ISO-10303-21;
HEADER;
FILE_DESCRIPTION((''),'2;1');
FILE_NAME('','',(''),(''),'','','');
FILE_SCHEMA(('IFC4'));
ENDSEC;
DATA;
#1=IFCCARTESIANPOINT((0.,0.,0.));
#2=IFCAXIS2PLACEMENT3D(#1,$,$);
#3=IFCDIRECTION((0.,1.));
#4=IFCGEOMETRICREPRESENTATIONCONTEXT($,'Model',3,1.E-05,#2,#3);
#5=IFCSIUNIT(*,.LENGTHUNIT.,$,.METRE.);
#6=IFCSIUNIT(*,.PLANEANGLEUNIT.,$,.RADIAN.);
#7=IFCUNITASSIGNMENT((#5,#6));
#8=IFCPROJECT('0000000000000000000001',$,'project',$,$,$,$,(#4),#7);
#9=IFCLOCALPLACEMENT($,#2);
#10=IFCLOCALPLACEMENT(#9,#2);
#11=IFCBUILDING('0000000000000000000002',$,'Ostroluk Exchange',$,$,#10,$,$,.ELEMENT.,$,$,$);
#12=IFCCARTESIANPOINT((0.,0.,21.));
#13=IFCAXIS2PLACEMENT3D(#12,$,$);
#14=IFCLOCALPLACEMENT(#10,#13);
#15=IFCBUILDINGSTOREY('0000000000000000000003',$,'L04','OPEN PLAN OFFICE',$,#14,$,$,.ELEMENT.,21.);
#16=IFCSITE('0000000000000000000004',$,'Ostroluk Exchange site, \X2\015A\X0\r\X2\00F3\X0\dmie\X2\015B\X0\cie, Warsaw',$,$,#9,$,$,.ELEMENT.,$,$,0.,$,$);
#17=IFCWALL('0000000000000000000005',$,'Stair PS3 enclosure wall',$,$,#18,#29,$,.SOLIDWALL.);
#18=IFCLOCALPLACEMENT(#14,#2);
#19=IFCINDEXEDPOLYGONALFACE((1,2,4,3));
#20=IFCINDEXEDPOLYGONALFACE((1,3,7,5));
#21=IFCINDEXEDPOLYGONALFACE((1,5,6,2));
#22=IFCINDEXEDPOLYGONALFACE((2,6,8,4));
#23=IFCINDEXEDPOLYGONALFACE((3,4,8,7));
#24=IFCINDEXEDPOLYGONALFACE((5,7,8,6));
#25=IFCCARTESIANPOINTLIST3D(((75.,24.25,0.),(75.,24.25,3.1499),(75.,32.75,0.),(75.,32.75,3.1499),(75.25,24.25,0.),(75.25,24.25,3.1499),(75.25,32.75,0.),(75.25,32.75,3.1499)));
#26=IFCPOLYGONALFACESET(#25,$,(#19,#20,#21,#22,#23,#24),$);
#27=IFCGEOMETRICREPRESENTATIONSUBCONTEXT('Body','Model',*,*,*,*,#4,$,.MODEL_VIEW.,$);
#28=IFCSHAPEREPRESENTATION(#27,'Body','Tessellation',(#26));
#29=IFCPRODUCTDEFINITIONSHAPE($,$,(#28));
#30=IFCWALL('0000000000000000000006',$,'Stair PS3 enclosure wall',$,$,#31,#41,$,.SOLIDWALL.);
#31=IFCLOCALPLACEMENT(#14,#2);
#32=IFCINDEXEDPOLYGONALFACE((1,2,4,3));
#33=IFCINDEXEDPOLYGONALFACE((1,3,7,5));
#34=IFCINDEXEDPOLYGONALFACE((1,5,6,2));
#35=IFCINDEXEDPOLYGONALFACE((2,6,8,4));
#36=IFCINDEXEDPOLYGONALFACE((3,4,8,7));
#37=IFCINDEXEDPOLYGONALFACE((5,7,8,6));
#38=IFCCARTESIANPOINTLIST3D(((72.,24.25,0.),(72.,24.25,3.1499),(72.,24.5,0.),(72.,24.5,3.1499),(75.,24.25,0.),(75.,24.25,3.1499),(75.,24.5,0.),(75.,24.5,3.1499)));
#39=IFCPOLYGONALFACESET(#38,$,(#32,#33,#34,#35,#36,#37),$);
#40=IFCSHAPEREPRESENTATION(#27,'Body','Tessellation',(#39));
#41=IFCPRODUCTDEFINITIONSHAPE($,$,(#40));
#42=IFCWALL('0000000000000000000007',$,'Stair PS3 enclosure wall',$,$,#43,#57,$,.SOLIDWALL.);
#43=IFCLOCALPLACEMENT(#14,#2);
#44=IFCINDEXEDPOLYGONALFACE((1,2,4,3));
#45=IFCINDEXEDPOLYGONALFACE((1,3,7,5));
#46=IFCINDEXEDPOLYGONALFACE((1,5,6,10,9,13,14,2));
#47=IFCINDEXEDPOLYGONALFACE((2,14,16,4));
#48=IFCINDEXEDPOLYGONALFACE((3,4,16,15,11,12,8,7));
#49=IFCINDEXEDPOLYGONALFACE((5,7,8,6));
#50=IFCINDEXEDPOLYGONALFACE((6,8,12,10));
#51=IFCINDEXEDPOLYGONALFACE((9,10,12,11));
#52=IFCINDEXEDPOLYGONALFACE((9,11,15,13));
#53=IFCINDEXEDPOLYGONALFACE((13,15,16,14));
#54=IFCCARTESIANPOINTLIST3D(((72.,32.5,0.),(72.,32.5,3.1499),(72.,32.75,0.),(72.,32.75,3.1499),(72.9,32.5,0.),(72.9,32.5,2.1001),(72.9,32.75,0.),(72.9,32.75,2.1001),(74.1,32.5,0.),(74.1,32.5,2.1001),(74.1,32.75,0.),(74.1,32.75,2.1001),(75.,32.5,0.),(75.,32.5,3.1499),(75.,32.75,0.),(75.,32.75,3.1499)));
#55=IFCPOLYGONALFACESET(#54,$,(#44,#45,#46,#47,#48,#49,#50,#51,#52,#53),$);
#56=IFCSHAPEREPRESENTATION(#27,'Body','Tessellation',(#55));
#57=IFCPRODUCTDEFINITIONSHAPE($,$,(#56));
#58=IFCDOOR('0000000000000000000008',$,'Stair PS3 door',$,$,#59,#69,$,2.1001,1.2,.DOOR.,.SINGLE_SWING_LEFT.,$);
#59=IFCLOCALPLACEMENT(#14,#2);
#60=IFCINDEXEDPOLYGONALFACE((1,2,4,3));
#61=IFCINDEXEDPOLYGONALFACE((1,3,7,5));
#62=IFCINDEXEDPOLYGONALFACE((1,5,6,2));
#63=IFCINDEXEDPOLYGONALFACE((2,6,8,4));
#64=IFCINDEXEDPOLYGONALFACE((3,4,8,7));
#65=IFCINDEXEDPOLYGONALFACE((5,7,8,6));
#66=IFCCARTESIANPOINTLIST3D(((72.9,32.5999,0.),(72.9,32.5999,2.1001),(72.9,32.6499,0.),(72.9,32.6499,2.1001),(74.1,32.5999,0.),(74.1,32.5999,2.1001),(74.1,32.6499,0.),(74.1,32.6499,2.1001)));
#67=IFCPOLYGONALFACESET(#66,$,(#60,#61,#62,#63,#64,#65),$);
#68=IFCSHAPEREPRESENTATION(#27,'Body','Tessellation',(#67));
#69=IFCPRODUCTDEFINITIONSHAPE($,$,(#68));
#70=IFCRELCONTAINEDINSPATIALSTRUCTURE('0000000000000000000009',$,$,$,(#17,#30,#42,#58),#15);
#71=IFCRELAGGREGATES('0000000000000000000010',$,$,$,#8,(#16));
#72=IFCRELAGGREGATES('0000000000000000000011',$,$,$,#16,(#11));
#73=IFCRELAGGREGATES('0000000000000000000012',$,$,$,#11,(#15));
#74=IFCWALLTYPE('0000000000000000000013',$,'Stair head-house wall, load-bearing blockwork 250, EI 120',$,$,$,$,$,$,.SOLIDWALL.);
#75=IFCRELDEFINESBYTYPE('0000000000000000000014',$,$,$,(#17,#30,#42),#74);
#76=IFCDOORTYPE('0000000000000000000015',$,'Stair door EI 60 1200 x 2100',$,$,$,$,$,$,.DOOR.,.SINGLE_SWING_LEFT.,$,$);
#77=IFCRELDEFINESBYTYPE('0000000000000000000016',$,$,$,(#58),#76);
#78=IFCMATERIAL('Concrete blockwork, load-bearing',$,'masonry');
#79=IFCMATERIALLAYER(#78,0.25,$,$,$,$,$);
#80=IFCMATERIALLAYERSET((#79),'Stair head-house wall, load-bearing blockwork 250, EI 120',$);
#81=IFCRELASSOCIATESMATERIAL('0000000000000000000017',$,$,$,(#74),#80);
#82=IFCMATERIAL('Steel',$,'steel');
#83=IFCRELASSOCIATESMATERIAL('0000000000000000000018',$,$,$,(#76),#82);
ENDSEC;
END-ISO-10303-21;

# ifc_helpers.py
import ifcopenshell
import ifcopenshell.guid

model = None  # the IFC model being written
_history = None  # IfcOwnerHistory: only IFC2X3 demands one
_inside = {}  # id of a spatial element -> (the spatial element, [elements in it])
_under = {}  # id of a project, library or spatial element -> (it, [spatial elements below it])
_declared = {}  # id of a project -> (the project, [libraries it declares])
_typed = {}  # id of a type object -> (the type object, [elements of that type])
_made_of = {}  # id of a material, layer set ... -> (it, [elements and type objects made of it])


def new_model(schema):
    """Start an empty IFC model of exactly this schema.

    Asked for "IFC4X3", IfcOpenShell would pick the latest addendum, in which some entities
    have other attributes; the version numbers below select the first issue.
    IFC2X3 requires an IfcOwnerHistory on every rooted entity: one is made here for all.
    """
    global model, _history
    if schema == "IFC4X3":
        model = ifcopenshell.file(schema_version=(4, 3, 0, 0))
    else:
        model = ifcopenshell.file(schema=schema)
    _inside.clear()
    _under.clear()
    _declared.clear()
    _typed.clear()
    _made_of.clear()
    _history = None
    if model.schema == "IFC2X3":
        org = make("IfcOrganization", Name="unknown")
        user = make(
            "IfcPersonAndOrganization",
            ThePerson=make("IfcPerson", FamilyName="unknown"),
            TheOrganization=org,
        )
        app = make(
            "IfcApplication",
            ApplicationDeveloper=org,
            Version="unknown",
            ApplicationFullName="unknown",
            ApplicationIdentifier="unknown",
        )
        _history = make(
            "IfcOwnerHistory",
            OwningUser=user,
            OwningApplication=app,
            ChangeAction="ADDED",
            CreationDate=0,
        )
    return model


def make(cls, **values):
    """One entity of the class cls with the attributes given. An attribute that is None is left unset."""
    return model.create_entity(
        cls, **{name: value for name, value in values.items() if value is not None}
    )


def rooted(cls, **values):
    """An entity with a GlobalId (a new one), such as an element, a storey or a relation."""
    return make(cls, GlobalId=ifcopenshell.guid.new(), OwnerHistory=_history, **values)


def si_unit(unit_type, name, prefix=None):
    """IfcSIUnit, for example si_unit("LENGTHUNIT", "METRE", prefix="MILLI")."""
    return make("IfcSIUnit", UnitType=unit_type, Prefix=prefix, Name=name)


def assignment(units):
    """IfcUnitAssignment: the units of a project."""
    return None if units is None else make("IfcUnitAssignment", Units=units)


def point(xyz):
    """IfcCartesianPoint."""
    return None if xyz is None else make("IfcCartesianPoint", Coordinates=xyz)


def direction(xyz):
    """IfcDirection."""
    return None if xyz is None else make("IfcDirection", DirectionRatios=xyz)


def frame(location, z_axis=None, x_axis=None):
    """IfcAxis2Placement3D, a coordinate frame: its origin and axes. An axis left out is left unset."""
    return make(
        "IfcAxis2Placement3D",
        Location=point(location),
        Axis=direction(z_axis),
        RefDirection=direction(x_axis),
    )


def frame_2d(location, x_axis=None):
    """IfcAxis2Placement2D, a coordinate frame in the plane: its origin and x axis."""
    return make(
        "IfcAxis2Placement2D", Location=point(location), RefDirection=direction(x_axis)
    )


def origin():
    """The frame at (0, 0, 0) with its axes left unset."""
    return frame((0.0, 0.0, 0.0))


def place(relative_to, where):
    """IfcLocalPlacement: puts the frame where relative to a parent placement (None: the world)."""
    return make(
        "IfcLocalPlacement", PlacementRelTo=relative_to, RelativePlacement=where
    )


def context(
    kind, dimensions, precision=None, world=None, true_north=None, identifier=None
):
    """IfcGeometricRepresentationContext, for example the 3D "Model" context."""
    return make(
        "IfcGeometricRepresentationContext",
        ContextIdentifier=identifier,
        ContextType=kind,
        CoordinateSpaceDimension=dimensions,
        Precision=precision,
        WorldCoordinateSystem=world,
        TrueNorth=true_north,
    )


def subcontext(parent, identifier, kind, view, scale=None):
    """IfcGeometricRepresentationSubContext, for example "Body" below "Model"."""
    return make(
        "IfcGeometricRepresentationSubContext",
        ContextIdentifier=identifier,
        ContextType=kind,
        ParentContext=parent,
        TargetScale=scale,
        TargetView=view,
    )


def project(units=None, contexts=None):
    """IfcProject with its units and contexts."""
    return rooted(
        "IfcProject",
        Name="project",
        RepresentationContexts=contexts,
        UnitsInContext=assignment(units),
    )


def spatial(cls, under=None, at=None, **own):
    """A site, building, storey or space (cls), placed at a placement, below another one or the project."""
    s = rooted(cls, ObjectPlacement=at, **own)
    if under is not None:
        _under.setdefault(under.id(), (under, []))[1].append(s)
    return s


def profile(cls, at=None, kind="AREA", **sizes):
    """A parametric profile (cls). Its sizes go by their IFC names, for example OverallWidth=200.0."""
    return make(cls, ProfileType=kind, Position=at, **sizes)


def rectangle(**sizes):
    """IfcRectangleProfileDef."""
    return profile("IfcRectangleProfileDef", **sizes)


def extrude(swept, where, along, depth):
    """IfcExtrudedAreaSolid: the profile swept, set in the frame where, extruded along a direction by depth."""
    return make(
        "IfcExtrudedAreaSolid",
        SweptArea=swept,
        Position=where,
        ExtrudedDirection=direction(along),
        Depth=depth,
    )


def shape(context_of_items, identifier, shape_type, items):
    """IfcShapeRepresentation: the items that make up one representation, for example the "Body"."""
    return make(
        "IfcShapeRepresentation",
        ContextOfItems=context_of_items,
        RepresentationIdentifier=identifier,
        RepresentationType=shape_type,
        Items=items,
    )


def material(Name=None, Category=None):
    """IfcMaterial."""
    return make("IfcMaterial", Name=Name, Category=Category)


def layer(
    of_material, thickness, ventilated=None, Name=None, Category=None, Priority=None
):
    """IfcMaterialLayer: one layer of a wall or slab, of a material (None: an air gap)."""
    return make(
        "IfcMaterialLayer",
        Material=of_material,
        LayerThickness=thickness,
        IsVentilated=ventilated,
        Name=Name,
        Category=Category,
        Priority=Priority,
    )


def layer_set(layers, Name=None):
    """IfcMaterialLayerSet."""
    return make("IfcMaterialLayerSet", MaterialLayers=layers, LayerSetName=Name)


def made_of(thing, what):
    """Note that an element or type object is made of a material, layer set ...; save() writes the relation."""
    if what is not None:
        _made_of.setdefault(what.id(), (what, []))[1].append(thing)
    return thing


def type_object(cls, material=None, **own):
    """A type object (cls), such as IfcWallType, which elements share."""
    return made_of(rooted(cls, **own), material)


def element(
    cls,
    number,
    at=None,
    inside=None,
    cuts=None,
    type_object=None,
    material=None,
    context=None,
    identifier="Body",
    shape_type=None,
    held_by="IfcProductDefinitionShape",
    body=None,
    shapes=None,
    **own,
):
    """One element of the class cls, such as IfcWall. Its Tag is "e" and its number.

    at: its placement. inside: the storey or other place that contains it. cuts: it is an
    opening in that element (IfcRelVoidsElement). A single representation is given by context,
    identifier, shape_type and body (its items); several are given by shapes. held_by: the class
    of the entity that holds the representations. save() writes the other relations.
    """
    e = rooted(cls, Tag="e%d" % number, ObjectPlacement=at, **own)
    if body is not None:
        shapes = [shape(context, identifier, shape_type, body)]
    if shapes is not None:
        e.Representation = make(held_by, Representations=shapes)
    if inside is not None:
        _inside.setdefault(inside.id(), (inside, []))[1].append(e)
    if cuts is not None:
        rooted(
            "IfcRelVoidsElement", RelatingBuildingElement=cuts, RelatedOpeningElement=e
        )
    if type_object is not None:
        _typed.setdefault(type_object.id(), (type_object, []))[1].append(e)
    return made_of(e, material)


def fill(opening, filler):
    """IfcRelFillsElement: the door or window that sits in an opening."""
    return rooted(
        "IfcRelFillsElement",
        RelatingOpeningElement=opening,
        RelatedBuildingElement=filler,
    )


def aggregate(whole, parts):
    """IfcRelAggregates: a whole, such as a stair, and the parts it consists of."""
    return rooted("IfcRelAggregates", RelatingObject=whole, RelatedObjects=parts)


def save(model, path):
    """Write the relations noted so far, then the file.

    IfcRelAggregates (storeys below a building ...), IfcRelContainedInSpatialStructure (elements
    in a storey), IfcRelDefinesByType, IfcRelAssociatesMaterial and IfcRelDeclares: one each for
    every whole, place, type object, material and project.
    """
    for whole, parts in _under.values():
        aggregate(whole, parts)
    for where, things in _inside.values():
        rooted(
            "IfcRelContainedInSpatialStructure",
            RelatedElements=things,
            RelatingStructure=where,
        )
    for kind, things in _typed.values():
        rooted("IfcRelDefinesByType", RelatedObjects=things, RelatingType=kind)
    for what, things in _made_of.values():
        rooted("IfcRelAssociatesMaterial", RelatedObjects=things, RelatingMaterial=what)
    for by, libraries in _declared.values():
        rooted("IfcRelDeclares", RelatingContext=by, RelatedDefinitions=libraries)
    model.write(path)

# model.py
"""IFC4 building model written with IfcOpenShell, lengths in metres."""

from ifc_helpers import new_model, si_unit, direction, frame, frame_2d, origin, place, context, subcontext, project, spatial, rectangle, extrude, material, layer, layer_set, type_object, element, fill, save


model = new_model("IFC4")

# Units and contexts
model_context = context("Model", 3, precision=1e-05, world=origin(), true_north=direction((0.0, 1.0)))
body_context = subcontext(model_context, "Body", "Model", "MODEL_VIEW")
ifc_project = project(units=[si_unit("LENGTHUNIT", "METRE"), si_unit("PLANEANGLEUNIT", "RADIAN")], contexts=[model_context])

# Site, building, storey
site_placement = place(None, origin())
site = spatial("IfcSite", under=ifc_project, at=site_placement, Name="Ostroluk Exchange site, Śródmieście, Warsaw", CompositionType="ELEMENT", RefElevation=0.0)
building_placement = place(site_placement, origin())
building = spatial("IfcBuilding", under=site, at=building_placement, Name="Ostroluk Exchange", CompositionType="ELEMENT")
storey_placement = place(building_placement, frame((0.0, 0.0, 21.0)))
storey = spatial("IfcBuildingStorey", under=building, at=storey_placement, Name="L04", Description="OPEN PLAN OFFICE", CompositionType="ELEMENT", Elevation=21.0)

# Walls
ifc_material_1 = material(Name="Concrete blockwork, load-bearing", Category="masonry")
ifc_layer_1 = layer(ifc_material_1, 0.25)
ifc_layer_set_1 = layer_set([ifc_layer_1], Name="Stair head-house wall, load-bearing blockwork 250, EI 120")
wall_type_1 = type_object("IfcWallType", Name="Stair head-house wall, load-bearing blockwork 250, EI 120", PredefinedType="SOLIDWALL", material=ifc_layer_set_1)
for number, where, z_axis, x_axis, name in (
    (1, (75.125, 24.25, 0.0), (0.0, 0.0, 1.0), (0.0, 1.0, 0.0), "Stair PS3 enclosure wall"),
):
    element("IfcWall", number, at=place(storey_placement, frame(where, z_axis=z_axis, x_axis=x_axis)), inside=storey, type_object=wall_type_1, Name=name, PredefinedType="SOLIDWALL", context=body_context, shape_type="SweptSolid", body=[
        extrude(rectangle(XDim=8.5, YDim=0.25, at=frame_2d((4.25, 0.0))), origin(), (0.0, 0.0, 1.0), 3.1499),
    ])
wall_1_placement = place(storey_placement, frame((72.0, 24.375, 0.0), z_axis=(0.0, 0.0, 1.0), x_axis=(1.0, 0.0, 0.0)))
element("IfcWall", 2, at=wall_1_placement, inside=storey, type_object=wall_type_1, Name="Stair PS3 enclosure wall", PredefinedType="SOLIDWALL", context=body_context, shape_type="SweptSolid", body=[
    extrude(rectangle(XDim=3.0, YDim=0.25, at=frame_2d((1.5, 0.0))), origin(), (0.0, 0.0, 1.0), 3.1499),
])

# Wall, opening, door
wall_2_placement = place(storey_placement, frame((72.0, 32.625, 0.0), z_axis=(0.0, 0.0, 1.0), x_axis=(1.0, 0.0, 0.0)))
wall_2 = element("IfcWall", 3, at=wall_2_placement, inside=storey, type_object=wall_type_1, Name="Stair PS3 enclosure wall", PredefinedType="SOLIDWALL", context=body_context, shape_type="SweptSolid", body=[
    extrude(rectangle(XDim=3.0, YDim=0.25, at=frame_2d((1.5, 0.0))), origin(), (0.0, 0.0, 1.0), 3.1499),
])
opening_placement = place(wall_2_placement, frame((0.8999, 0.0, 0.0)))
opening = element("IfcOpeningElement", 4, at=opening_placement, cuts=wall_2, PredefinedType="OPENING", context=body_context, shape_type="SweptSolid", body=[
    extrude(rectangle(XDim=1.2, YDim=2.1001, at=frame_2d((0.6001, 1.05))), frame((0.0, 0.135, 0.0), z_axis=(0.0, -1.0, 0.0), x_axis=(1.0, 0.0, 0.0)), (0.0, 0.0, 1.0), 0.27),
])
ifc_material_2 = material(Name="Steel", Category="steel")
door_type = type_object("IfcDoorType", Name="Stair door EI 60 1200 x 2100", OperationType="SINGLE_SWING_LEFT", PredefinedType="DOOR", material=ifc_material_2)
door_placement = place(opening_placement, origin())
door = element("IfcDoor", 5, at=door_placement, inside=storey, type_object=door_type, Name="Stair PS3 door", OperationType="SINGLE_SWING_LEFT", OverallHeight=2.1001, OverallWidth=1.2, PredefinedType="DOOR", context=body_context, shape_type="SweptSolid", body=[
    extrude(rectangle(XDim=1.2, YDim=2.1001, at=frame_2d((0.6001, 1.05))), frame((0.0, 0.0249, 0.0), z_axis=(0.0, -1.0, 0.0), x_axis=(1.0, 0.0, 0.0)), (0.0, 0.0, 1.0), 0.05),
])
fill(opening, door)

save(model, "model.ifc")
